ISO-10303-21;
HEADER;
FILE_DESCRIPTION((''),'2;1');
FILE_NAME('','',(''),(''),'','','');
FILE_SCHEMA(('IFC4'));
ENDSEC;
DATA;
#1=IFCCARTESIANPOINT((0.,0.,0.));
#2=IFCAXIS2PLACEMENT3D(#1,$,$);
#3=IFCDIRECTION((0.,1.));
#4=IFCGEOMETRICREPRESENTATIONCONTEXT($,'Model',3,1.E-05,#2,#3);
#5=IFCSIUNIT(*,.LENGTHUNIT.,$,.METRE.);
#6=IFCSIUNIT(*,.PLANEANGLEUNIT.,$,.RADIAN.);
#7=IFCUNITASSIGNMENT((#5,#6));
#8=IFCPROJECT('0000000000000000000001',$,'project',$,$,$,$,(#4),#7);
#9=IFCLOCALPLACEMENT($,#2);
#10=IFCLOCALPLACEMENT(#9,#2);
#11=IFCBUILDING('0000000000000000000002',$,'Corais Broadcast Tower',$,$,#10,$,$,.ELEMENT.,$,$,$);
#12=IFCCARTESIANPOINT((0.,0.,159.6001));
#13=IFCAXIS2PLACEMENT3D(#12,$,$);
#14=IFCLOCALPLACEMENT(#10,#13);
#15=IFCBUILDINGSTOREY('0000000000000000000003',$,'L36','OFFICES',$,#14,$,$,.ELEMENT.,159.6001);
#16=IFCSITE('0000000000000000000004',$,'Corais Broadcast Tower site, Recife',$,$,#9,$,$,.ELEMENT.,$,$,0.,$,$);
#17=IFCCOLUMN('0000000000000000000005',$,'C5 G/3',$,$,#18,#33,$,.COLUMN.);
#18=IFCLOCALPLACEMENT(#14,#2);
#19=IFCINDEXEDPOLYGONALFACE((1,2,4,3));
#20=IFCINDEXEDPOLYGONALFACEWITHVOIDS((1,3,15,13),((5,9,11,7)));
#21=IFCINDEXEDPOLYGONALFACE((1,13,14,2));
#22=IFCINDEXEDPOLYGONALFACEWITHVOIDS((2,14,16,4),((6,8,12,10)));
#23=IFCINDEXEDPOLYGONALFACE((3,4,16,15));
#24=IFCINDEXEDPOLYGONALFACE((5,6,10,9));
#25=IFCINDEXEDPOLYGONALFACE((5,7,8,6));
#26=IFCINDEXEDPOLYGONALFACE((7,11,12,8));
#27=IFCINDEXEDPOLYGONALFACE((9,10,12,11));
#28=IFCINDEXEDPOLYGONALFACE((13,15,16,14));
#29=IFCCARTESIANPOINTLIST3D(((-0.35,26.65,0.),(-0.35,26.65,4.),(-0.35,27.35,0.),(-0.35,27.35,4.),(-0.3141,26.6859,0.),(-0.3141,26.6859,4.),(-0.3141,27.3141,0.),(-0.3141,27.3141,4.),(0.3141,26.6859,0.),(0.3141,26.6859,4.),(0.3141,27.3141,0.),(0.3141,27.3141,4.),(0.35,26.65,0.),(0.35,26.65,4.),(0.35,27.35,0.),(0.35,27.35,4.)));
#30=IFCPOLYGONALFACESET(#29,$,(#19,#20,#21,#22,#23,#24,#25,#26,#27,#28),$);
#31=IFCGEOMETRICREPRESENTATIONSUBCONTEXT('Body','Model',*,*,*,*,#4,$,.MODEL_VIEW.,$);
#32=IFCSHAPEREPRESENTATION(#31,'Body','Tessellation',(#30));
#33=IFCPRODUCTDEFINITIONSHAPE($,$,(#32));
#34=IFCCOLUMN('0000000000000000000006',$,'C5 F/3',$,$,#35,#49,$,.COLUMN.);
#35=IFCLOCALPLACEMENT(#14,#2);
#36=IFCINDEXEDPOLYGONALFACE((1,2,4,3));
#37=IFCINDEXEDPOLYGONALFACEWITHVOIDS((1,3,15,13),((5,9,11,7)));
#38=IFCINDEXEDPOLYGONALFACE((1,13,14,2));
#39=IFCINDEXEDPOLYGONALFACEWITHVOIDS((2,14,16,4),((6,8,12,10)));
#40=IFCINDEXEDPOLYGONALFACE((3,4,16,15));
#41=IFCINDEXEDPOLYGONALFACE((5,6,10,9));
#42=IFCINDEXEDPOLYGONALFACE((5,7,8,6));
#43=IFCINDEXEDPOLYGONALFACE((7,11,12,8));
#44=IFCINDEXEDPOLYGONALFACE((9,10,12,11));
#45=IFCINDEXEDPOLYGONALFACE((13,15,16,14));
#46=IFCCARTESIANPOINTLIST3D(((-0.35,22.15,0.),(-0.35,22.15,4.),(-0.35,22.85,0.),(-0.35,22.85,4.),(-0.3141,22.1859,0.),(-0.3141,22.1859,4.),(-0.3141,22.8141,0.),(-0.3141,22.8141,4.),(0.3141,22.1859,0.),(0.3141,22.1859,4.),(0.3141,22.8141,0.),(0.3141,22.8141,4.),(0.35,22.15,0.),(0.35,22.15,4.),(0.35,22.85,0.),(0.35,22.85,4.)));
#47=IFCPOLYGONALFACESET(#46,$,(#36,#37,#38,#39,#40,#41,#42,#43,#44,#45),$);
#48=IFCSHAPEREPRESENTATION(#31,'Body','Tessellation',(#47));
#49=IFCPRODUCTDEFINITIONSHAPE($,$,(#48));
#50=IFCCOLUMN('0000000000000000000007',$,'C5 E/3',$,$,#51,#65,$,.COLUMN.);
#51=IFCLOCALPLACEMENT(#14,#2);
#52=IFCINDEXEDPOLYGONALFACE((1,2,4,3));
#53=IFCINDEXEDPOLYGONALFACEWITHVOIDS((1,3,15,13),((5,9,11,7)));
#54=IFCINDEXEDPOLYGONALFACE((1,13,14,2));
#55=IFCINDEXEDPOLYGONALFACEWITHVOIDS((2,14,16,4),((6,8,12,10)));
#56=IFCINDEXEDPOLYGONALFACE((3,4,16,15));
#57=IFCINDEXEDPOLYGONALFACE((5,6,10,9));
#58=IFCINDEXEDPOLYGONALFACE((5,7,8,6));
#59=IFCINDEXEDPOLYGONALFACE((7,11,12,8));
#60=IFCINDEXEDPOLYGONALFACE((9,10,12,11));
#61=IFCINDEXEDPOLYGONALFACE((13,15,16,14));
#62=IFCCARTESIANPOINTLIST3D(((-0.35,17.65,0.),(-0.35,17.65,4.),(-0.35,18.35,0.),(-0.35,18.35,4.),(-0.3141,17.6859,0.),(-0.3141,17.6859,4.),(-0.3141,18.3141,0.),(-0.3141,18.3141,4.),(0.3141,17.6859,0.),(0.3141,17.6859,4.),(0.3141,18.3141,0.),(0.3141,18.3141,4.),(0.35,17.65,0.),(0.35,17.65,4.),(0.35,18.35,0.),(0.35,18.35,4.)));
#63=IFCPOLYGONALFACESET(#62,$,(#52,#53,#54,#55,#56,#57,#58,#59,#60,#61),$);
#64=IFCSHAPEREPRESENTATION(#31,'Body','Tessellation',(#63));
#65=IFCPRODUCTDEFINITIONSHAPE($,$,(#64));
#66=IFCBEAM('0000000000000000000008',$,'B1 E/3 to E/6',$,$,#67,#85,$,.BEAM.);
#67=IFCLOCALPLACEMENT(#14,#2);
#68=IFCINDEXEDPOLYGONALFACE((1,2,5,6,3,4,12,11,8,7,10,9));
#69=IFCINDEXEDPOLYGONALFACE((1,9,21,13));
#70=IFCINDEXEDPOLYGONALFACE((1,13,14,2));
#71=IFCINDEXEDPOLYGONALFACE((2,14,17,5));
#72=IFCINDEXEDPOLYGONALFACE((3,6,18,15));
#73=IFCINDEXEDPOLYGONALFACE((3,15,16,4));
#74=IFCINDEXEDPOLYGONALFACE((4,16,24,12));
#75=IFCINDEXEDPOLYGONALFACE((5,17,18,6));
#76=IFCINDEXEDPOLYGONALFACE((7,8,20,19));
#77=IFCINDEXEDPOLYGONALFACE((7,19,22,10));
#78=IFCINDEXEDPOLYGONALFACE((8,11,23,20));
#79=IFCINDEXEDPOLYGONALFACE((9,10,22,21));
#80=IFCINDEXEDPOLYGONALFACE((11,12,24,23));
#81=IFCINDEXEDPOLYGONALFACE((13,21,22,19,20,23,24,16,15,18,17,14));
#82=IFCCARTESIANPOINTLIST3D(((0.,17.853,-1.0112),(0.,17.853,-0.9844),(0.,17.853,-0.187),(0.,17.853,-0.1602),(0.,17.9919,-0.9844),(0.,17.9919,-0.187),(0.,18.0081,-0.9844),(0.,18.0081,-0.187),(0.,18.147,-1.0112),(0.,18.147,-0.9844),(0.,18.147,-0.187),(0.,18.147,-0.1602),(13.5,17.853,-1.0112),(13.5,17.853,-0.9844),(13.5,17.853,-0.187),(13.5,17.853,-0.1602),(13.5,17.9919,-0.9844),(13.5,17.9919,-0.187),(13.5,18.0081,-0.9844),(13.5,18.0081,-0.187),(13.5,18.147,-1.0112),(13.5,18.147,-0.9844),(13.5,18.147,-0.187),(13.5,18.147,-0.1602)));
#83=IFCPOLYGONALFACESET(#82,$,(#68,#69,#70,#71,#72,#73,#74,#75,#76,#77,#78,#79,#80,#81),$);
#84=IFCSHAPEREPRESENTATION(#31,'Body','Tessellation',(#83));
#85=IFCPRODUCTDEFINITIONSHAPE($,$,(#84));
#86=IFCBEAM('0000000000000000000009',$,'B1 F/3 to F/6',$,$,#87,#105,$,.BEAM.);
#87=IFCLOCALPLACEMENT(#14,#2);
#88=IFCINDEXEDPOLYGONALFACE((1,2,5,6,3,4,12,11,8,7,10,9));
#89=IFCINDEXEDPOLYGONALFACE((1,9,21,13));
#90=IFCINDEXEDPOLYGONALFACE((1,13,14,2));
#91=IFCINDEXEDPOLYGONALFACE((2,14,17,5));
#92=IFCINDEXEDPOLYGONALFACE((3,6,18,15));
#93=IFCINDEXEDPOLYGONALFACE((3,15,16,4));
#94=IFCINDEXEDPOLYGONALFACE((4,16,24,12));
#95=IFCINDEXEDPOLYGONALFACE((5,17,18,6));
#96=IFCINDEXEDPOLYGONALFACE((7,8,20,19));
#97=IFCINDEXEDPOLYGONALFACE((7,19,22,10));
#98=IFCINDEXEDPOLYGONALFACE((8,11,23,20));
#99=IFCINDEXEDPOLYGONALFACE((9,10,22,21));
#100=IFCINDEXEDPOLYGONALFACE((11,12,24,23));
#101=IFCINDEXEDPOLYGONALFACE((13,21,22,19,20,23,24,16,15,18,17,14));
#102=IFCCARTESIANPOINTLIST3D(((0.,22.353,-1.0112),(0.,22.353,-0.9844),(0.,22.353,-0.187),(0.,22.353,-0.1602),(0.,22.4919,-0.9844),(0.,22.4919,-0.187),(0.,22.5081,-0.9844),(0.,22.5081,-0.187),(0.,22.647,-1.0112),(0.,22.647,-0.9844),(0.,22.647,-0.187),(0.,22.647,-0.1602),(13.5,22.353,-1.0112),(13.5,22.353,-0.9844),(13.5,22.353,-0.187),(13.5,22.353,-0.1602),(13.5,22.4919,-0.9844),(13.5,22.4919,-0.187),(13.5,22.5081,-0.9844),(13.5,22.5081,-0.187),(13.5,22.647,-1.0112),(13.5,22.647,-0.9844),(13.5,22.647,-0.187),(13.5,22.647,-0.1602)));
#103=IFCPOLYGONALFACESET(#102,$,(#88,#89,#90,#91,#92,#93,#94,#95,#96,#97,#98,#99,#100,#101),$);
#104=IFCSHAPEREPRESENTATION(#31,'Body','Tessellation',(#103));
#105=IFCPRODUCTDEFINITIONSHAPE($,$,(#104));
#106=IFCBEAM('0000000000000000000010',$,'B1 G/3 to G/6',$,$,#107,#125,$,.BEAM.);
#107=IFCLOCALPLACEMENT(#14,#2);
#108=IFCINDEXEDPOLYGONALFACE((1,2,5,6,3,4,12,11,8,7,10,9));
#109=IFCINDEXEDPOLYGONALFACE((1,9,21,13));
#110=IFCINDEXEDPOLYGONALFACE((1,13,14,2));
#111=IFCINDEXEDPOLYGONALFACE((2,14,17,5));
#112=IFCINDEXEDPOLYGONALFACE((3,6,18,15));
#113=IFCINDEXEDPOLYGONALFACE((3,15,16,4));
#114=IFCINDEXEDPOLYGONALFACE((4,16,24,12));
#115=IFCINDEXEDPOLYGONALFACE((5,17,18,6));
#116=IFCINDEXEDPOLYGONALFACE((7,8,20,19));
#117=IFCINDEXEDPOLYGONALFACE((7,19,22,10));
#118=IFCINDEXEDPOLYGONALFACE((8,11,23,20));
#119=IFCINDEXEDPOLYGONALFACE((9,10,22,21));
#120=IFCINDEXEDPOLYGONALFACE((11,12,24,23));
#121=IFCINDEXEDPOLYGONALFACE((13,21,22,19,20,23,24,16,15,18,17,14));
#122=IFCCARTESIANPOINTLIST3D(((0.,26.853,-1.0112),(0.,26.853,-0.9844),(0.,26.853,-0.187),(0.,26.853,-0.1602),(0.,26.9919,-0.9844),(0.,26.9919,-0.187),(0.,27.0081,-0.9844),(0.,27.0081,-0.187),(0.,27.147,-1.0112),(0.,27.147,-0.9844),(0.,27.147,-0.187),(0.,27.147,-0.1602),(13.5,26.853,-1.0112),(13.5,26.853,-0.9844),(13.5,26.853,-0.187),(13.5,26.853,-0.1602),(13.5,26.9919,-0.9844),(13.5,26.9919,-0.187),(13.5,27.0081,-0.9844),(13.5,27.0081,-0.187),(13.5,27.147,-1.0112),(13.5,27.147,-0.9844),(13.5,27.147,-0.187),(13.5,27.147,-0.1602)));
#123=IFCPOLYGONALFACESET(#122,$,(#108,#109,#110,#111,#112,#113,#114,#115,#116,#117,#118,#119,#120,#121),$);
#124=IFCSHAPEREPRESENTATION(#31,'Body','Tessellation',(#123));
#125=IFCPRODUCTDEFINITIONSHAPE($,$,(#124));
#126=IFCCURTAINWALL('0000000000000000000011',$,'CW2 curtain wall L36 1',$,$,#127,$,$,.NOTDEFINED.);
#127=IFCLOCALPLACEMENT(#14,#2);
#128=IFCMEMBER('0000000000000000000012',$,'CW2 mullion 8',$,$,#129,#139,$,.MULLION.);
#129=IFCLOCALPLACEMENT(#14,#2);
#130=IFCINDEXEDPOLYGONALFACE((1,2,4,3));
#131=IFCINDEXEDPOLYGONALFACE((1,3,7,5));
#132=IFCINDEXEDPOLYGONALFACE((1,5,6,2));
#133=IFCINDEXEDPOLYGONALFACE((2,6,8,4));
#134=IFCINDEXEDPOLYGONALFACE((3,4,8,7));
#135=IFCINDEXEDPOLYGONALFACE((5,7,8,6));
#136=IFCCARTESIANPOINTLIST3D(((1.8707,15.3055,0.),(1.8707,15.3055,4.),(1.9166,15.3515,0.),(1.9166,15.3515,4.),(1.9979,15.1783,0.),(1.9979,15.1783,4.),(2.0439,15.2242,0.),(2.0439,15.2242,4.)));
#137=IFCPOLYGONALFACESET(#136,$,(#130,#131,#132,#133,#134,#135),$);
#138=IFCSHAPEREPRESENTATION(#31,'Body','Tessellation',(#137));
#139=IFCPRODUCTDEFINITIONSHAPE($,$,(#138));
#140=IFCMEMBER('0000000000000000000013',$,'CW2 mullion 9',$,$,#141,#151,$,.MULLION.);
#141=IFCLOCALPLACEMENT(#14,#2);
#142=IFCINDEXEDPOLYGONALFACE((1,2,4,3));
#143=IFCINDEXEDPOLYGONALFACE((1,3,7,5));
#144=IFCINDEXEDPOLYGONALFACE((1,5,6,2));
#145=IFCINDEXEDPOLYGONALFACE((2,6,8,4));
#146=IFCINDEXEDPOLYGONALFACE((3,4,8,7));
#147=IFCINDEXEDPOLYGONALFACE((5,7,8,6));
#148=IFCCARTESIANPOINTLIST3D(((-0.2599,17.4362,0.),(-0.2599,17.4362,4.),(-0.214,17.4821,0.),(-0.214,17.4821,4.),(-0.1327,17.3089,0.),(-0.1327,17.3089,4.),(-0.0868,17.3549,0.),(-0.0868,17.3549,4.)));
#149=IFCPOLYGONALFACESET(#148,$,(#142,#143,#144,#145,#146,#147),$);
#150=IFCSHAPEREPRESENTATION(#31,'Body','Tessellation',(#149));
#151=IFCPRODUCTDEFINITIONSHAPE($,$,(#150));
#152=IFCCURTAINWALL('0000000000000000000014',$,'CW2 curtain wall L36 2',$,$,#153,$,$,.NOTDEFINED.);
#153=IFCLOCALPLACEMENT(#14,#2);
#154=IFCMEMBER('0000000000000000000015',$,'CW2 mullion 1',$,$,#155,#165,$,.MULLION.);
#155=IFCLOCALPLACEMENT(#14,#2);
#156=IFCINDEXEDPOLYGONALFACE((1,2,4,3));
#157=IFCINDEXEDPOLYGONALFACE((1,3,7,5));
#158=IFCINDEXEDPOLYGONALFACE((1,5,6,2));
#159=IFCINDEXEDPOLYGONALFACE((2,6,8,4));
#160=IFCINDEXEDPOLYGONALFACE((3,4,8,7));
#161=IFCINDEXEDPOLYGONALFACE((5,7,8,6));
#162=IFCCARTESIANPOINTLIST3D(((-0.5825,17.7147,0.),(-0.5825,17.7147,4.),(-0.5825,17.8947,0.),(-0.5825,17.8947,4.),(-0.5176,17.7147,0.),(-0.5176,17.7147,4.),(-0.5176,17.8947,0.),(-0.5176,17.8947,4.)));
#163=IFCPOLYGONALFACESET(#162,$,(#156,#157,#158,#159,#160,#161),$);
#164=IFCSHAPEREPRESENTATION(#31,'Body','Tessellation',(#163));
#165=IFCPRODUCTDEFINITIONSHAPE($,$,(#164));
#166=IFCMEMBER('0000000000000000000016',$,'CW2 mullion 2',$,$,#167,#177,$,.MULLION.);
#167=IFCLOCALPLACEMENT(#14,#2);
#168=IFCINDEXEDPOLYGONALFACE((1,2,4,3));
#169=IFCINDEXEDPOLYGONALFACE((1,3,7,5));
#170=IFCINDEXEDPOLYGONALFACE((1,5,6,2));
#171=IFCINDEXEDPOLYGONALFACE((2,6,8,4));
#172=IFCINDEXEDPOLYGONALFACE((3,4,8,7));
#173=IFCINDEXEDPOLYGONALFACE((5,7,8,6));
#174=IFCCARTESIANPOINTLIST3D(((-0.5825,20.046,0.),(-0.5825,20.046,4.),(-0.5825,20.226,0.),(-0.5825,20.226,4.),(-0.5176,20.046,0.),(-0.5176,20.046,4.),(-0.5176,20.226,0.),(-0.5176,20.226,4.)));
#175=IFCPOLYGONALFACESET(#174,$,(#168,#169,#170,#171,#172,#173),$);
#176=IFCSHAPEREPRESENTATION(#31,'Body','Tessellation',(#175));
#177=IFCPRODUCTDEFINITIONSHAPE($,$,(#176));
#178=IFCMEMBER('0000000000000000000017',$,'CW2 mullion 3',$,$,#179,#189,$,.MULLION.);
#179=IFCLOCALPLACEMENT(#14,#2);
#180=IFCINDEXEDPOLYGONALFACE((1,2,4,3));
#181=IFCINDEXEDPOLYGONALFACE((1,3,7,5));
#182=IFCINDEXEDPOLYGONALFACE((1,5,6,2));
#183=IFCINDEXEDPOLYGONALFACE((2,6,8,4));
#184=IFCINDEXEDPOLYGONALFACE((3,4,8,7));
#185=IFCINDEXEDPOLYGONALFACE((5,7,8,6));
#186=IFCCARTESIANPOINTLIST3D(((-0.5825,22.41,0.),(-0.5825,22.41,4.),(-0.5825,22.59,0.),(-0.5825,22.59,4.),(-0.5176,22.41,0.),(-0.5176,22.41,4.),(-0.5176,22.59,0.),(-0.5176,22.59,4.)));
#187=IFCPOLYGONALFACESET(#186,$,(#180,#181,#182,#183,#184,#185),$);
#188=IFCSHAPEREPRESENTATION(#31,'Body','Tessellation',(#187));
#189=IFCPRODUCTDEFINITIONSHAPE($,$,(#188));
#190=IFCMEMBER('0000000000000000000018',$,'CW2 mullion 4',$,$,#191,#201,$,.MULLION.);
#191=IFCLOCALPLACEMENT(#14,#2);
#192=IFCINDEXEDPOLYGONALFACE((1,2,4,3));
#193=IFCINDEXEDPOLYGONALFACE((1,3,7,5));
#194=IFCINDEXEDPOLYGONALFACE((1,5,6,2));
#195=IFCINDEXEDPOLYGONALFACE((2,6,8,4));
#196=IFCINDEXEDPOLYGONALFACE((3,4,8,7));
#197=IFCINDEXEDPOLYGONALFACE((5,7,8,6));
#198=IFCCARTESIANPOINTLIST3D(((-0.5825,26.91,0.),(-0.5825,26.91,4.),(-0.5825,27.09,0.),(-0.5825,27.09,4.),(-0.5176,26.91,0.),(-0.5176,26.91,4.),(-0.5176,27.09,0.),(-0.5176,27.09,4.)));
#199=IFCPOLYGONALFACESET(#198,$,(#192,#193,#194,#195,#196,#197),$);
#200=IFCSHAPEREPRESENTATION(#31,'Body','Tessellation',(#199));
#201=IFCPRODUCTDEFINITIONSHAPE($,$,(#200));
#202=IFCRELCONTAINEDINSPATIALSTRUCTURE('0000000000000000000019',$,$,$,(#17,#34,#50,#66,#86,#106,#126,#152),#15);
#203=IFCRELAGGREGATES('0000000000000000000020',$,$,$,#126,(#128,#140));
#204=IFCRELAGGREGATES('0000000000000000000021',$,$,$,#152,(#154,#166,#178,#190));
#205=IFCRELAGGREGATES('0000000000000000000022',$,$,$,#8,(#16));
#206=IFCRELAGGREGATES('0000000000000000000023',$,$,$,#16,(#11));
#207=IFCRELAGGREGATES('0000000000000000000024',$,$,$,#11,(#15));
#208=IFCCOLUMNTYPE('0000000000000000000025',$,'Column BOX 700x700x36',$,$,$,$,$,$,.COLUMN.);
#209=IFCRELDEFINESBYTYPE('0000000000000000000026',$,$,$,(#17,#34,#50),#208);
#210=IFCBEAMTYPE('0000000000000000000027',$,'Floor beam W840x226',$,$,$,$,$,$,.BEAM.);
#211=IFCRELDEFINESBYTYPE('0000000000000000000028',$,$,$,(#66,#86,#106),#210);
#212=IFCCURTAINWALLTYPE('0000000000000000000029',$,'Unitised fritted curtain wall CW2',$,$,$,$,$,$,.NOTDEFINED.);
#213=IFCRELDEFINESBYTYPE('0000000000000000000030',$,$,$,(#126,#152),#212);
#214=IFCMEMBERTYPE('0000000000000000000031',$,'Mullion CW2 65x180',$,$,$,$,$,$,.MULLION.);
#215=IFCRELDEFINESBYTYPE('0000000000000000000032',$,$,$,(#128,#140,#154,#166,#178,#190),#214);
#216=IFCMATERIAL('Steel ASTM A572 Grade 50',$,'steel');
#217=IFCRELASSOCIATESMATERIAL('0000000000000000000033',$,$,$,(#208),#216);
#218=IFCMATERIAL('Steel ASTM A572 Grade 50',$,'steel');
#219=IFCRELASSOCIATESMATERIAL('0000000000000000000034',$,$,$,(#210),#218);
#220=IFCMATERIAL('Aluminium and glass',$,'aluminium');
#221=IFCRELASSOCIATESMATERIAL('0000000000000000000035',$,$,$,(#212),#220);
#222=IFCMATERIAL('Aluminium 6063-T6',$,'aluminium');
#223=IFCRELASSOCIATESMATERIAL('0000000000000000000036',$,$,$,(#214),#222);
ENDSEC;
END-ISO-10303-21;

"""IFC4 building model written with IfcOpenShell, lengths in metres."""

from ifc_helpers import new_model, si_unit, direction, frame, origin, origin_2d, place, context, subcontext, project, spatial, rectangle, hollow_rectangle, i_section, extrude, material, material_profile, profile_set, type_object, element, aggregate, save


model = new_model("IFC4")

# Units and contexts
model_context = context("Model", 3, precision=1e-05, world=origin(), true_north=direction((0.0, 1.0)))
body_context = subcontext(model_context, "Body", "Model", "MODEL_VIEW")
ifc_project = project(units=[si_unit("LENGTHUNIT", "METRE"), si_unit("PLANEANGLEUNIT", "RADIAN")], contexts=[model_context])

# Site, building, storey
site_placement = place(None, origin())
site = spatial("IfcSite", under=ifc_project, at=site_placement, Name="Corais Broadcast Tower site, Recife", CompositionType="ELEMENT", RefElevation=0.0)
building_placement = place(site_placement, origin())
building = spatial("IfcBuilding", under=site, at=building_placement, Name="Corais Broadcast Tower", CompositionType="ELEMENT")
storey_placement = place(building_placement, frame((0.0, 0.0, 159.6001)))
storey = spatial("IfcBuildingStorey", under=building, at=storey_placement, Name="L36", Description="OFFICES", CompositionType="ELEMENT", Elevation=159.6001)

# Columns
ifc_material_1 = material(Name="Steel ASTM A572 Grade 50", Category="steel")
ifc_material_profile_1 = material_profile(ifc_material_1, hollow_rectangle(XDim=0.7, YDim=0.7, WallThickness=0.0359, at=origin_2d()), Name="BOX 700x700x36")
ifc_profile_set_1 = profile_set([ifc_material_profile_1], Name="Steel ASTM A572 Grade 50")
column_type = type_object("IfcColumnType", Name="Column BOX 700x700x36", PredefinedType="COLUMN", material=ifc_profile_set_1)
for number, where, z_axis, x_axis, name in (
    (1, (0.0, 27.0, 0.0), (0.0, 0.0, 1.0), (1.0, 0.0, 0.0), "C5 G/3"),
    (2, (0.0, 22.5, 0.0), (0.0, 0.0, 1.0), (1.0, 0.0, 0.0), "C5 F/3"),
    (3, (0.0, 18.0, 0.0), (0.0, 0.0, 1.0), (1.0, 0.0, 0.0), "C5 E/3"),
):
    element("IfcColumn", number, at=place(storey_placement, frame(where, z_axis=z_axis, x_axis=x_axis)), inside=storey, type_object=column_type, Name=name, PredefinedType="COLUMN", context=body_context, shape_type="SweptSolid", body=[
        extrude(hollow_rectangle(XDim=0.7, YDim=0.7, WallThickness=0.0359, at=origin_2d()), origin(), (0.0, 0.0, 1.0), 4.0),
    ])

# Beams
ifc_material_2 = material(Name="Steel ASTM A572 Grade 50", Category="steel")
ifc_material_profile_2 = material_profile(ifc_material_2, i_section(OverallWidth=0.2939, OverallDepth=0.8511, WebThickness=0.0161, FlangeThickness=0.0269, at=origin_2d()), Name="W840x226")
ifc_profile_set_2 = profile_set([ifc_material_profile_2], Name="Steel ASTM A572 Grade 50")
beam_type_1 = type_object("IfcBeamType", Name="Floor beam W840x226", PredefinedType="BEAM", material=ifc_profile_set_2)
for number, where, z_axis, x_axis, name in (
    (4, (0.0, 18.0, -0.5857), (1.0, 0.0, 0.0), (0.0, 1.0, 0.0), "B1 E/3 to E/6"),
    (5, (0.0, 22.5, -0.5857), (1.0, 0.0, 0.0), (0.0, 1.0, 0.0), "B1 F/3 to F/6"),
    (6, (0.0, 27.0, -0.5857), (1.0, 0.0, 0.0), (0.0, 1.0, 0.0), "B1 G/3 to G/6"),
):
    element("IfcBeam", number, at=place(storey_placement, frame(where, z_axis=z_axis, x_axis=x_axis)), inside=storey, type_object=beam_type_1, Name=name, PredefinedType="BEAM", context=body_context, shape_type="SweptSolid", body=[
        extrude(i_section(OverallWidth=0.2939, OverallDepth=0.8511, WebThickness=0.0161, FlangeThickness=0.0269, at=origin_2d()), origin(), (0.0, 0.0, 1.0), 13.5),
    ])

# Curtain walls, members
ifc_material_3 = material(Name="Aluminium and glass", Category="aluminium")
curtain_wall_type = type_object("IfcCurtainWallType", Name="Unitised fritted curtain wall CW2", PredefinedType="NOTDEFINED", material=ifc_material_3)
curtain_wall_1_placement = place(storey_placement, origin())
curtain_wall_1 = element("IfcCurtainWall", 7, at=curtain_wall_1_placement, inside=storey, type_object=curtain_wall_type, Name="CW2 curtain wall L36 1", PredefinedType="NOTDEFINED")
ifc_material_4 = material(Name="Aluminium 6063-T6", Category="aluminium")
ifc_material_profile_3 = material_profile(ifc_material_4, rectangle(XDim=0.0649, YDim=0.1799, at=origin_2d()), Name="Mullion CW2 65x180")
ifc_profile_set_3 = profile_set([ifc_material_profile_3], Name="Aluminium 6063-T6")
member_type_1 = type_object("IfcMemberType", Name="Mullion CW2 65x180", PredefinedType="MULLION", material=ifc_profile_set_3)
member_1_placement = place(storey_placement, frame((1.9573, 15.2649, 0.0), z_axis=(0.0, 0.0, 1.0), x_axis=(-0.707107, -0.707107, 0.0)))
member_1 = element("IfcMember", 8, at=member_1_placement, type_object=member_type_1, Name="CW2 mullion 8", PredefinedType="MULLION", context=body_context, shape_type="SweptSolid", body=[
    extrude(rectangle(XDim=0.0649, YDim=0.1799, at=origin_2d()), origin(), (0.0, 0.0, 1.0), 4.0),
])
member_2_placement = place(storey_placement, frame((-0.1733, 17.3955, 0.0), z_axis=(0.0, 0.0, 1.0), x_axis=(-0.707107, -0.707107, 0.0)))
member_2 = element("IfcMember", 9, at=member_2_placement, type_object=member_type_1, Name="CW2 mullion 9", PredefinedType="MULLION", context=body_context, shape_type="SweptSolid", body=[
    extrude(rectangle(XDim=0.0649, YDim=0.1799, at=origin_2d()), origin(), (0.0, 0.0, 1.0), 4.0),
])
curtain_wall_2_placement = place(storey_placement, origin())
curtain_wall_2 = element("IfcCurtainWall", 10, at=curtain_wall_2_placement, inside=storey, type_object=curtain_wall_type, Name="CW2 curtain wall L36 2", PredefinedType="NOTDEFINED")
member_3_placement = place(storey_placement, frame((-0.55, 17.8047, 0.0), z_axis=(0.0, 0.0, 1.0), x_axis=(-1.0, 0.0, 0.0)))
member_3 = element("IfcMember", 11, at=member_3_placement, type_object=member_type_1, Name="CW2 mullion 1", PredefinedType="MULLION", context=body_context, shape_type="SweptSolid", body=[
    extrude(rectangle(XDim=0.0649, YDim=0.1799, at=origin_2d()), origin(), (0.0, 0.0, 1.0), 4.0),
])
member_4_placement = place(storey_placement, frame((-0.55, 20.136, 0.0), z_axis=(0.0, 0.0, 1.0), x_axis=(-1.0, 0.0, 0.0)))
member_4 = element("IfcMember", 12, at=member_4_placement, type_object=member_type_1, Name="CW2 mullion 2", PredefinedType="MULLION", context=body_context, shape_type="SweptSolid", body=[
    extrude(rectangle(XDim=0.0649, YDim=0.1799, at=origin_2d()), origin(), (0.0, 0.0, 1.0), 4.0),
])
member_5_placement = place(storey_placement, frame((-0.55, 22.5, 0.0), z_axis=(0.0, 0.0, 1.0), x_axis=(-1.0, 0.0, 0.0)))
member_5 = element("IfcMember", 13, at=member_5_placement, type_object=member_type_1, Name="CW2 mullion 3", PredefinedType="MULLION", context=body_context, shape_type="SweptSolid", body=[
    extrude(rectangle(XDim=0.0649, YDim=0.1799, at=origin_2d()), origin(), (0.0, 0.0, 1.0), 4.0),
])
member_6_placement = place(storey_placement, frame((-0.55, 27.0, 0.0), z_axis=(0.0, 0.0, 1.0), x_axis=(-1.0, 0.0, 0.0)))
member_6 = element("IfcMember", 14, at=member_6_placement, type_object=member_type_1, Name="CW2 mullion 4", PredefinedType="MULLION", context=body_context, shape_type="SweptSolid", body=[
    extrude(rectangle(XDim=0.0649, YDim=0.1799, at=origin_2d()), origin(), (0.0, 0.0, 1.0), 4.0),
])

aggregate(curtain_wall_1, [member_1, member_2])
aggregate(curtain_wall_2, [member_3, member_4, member_5, member_6])

save(model, "model.ifc")
